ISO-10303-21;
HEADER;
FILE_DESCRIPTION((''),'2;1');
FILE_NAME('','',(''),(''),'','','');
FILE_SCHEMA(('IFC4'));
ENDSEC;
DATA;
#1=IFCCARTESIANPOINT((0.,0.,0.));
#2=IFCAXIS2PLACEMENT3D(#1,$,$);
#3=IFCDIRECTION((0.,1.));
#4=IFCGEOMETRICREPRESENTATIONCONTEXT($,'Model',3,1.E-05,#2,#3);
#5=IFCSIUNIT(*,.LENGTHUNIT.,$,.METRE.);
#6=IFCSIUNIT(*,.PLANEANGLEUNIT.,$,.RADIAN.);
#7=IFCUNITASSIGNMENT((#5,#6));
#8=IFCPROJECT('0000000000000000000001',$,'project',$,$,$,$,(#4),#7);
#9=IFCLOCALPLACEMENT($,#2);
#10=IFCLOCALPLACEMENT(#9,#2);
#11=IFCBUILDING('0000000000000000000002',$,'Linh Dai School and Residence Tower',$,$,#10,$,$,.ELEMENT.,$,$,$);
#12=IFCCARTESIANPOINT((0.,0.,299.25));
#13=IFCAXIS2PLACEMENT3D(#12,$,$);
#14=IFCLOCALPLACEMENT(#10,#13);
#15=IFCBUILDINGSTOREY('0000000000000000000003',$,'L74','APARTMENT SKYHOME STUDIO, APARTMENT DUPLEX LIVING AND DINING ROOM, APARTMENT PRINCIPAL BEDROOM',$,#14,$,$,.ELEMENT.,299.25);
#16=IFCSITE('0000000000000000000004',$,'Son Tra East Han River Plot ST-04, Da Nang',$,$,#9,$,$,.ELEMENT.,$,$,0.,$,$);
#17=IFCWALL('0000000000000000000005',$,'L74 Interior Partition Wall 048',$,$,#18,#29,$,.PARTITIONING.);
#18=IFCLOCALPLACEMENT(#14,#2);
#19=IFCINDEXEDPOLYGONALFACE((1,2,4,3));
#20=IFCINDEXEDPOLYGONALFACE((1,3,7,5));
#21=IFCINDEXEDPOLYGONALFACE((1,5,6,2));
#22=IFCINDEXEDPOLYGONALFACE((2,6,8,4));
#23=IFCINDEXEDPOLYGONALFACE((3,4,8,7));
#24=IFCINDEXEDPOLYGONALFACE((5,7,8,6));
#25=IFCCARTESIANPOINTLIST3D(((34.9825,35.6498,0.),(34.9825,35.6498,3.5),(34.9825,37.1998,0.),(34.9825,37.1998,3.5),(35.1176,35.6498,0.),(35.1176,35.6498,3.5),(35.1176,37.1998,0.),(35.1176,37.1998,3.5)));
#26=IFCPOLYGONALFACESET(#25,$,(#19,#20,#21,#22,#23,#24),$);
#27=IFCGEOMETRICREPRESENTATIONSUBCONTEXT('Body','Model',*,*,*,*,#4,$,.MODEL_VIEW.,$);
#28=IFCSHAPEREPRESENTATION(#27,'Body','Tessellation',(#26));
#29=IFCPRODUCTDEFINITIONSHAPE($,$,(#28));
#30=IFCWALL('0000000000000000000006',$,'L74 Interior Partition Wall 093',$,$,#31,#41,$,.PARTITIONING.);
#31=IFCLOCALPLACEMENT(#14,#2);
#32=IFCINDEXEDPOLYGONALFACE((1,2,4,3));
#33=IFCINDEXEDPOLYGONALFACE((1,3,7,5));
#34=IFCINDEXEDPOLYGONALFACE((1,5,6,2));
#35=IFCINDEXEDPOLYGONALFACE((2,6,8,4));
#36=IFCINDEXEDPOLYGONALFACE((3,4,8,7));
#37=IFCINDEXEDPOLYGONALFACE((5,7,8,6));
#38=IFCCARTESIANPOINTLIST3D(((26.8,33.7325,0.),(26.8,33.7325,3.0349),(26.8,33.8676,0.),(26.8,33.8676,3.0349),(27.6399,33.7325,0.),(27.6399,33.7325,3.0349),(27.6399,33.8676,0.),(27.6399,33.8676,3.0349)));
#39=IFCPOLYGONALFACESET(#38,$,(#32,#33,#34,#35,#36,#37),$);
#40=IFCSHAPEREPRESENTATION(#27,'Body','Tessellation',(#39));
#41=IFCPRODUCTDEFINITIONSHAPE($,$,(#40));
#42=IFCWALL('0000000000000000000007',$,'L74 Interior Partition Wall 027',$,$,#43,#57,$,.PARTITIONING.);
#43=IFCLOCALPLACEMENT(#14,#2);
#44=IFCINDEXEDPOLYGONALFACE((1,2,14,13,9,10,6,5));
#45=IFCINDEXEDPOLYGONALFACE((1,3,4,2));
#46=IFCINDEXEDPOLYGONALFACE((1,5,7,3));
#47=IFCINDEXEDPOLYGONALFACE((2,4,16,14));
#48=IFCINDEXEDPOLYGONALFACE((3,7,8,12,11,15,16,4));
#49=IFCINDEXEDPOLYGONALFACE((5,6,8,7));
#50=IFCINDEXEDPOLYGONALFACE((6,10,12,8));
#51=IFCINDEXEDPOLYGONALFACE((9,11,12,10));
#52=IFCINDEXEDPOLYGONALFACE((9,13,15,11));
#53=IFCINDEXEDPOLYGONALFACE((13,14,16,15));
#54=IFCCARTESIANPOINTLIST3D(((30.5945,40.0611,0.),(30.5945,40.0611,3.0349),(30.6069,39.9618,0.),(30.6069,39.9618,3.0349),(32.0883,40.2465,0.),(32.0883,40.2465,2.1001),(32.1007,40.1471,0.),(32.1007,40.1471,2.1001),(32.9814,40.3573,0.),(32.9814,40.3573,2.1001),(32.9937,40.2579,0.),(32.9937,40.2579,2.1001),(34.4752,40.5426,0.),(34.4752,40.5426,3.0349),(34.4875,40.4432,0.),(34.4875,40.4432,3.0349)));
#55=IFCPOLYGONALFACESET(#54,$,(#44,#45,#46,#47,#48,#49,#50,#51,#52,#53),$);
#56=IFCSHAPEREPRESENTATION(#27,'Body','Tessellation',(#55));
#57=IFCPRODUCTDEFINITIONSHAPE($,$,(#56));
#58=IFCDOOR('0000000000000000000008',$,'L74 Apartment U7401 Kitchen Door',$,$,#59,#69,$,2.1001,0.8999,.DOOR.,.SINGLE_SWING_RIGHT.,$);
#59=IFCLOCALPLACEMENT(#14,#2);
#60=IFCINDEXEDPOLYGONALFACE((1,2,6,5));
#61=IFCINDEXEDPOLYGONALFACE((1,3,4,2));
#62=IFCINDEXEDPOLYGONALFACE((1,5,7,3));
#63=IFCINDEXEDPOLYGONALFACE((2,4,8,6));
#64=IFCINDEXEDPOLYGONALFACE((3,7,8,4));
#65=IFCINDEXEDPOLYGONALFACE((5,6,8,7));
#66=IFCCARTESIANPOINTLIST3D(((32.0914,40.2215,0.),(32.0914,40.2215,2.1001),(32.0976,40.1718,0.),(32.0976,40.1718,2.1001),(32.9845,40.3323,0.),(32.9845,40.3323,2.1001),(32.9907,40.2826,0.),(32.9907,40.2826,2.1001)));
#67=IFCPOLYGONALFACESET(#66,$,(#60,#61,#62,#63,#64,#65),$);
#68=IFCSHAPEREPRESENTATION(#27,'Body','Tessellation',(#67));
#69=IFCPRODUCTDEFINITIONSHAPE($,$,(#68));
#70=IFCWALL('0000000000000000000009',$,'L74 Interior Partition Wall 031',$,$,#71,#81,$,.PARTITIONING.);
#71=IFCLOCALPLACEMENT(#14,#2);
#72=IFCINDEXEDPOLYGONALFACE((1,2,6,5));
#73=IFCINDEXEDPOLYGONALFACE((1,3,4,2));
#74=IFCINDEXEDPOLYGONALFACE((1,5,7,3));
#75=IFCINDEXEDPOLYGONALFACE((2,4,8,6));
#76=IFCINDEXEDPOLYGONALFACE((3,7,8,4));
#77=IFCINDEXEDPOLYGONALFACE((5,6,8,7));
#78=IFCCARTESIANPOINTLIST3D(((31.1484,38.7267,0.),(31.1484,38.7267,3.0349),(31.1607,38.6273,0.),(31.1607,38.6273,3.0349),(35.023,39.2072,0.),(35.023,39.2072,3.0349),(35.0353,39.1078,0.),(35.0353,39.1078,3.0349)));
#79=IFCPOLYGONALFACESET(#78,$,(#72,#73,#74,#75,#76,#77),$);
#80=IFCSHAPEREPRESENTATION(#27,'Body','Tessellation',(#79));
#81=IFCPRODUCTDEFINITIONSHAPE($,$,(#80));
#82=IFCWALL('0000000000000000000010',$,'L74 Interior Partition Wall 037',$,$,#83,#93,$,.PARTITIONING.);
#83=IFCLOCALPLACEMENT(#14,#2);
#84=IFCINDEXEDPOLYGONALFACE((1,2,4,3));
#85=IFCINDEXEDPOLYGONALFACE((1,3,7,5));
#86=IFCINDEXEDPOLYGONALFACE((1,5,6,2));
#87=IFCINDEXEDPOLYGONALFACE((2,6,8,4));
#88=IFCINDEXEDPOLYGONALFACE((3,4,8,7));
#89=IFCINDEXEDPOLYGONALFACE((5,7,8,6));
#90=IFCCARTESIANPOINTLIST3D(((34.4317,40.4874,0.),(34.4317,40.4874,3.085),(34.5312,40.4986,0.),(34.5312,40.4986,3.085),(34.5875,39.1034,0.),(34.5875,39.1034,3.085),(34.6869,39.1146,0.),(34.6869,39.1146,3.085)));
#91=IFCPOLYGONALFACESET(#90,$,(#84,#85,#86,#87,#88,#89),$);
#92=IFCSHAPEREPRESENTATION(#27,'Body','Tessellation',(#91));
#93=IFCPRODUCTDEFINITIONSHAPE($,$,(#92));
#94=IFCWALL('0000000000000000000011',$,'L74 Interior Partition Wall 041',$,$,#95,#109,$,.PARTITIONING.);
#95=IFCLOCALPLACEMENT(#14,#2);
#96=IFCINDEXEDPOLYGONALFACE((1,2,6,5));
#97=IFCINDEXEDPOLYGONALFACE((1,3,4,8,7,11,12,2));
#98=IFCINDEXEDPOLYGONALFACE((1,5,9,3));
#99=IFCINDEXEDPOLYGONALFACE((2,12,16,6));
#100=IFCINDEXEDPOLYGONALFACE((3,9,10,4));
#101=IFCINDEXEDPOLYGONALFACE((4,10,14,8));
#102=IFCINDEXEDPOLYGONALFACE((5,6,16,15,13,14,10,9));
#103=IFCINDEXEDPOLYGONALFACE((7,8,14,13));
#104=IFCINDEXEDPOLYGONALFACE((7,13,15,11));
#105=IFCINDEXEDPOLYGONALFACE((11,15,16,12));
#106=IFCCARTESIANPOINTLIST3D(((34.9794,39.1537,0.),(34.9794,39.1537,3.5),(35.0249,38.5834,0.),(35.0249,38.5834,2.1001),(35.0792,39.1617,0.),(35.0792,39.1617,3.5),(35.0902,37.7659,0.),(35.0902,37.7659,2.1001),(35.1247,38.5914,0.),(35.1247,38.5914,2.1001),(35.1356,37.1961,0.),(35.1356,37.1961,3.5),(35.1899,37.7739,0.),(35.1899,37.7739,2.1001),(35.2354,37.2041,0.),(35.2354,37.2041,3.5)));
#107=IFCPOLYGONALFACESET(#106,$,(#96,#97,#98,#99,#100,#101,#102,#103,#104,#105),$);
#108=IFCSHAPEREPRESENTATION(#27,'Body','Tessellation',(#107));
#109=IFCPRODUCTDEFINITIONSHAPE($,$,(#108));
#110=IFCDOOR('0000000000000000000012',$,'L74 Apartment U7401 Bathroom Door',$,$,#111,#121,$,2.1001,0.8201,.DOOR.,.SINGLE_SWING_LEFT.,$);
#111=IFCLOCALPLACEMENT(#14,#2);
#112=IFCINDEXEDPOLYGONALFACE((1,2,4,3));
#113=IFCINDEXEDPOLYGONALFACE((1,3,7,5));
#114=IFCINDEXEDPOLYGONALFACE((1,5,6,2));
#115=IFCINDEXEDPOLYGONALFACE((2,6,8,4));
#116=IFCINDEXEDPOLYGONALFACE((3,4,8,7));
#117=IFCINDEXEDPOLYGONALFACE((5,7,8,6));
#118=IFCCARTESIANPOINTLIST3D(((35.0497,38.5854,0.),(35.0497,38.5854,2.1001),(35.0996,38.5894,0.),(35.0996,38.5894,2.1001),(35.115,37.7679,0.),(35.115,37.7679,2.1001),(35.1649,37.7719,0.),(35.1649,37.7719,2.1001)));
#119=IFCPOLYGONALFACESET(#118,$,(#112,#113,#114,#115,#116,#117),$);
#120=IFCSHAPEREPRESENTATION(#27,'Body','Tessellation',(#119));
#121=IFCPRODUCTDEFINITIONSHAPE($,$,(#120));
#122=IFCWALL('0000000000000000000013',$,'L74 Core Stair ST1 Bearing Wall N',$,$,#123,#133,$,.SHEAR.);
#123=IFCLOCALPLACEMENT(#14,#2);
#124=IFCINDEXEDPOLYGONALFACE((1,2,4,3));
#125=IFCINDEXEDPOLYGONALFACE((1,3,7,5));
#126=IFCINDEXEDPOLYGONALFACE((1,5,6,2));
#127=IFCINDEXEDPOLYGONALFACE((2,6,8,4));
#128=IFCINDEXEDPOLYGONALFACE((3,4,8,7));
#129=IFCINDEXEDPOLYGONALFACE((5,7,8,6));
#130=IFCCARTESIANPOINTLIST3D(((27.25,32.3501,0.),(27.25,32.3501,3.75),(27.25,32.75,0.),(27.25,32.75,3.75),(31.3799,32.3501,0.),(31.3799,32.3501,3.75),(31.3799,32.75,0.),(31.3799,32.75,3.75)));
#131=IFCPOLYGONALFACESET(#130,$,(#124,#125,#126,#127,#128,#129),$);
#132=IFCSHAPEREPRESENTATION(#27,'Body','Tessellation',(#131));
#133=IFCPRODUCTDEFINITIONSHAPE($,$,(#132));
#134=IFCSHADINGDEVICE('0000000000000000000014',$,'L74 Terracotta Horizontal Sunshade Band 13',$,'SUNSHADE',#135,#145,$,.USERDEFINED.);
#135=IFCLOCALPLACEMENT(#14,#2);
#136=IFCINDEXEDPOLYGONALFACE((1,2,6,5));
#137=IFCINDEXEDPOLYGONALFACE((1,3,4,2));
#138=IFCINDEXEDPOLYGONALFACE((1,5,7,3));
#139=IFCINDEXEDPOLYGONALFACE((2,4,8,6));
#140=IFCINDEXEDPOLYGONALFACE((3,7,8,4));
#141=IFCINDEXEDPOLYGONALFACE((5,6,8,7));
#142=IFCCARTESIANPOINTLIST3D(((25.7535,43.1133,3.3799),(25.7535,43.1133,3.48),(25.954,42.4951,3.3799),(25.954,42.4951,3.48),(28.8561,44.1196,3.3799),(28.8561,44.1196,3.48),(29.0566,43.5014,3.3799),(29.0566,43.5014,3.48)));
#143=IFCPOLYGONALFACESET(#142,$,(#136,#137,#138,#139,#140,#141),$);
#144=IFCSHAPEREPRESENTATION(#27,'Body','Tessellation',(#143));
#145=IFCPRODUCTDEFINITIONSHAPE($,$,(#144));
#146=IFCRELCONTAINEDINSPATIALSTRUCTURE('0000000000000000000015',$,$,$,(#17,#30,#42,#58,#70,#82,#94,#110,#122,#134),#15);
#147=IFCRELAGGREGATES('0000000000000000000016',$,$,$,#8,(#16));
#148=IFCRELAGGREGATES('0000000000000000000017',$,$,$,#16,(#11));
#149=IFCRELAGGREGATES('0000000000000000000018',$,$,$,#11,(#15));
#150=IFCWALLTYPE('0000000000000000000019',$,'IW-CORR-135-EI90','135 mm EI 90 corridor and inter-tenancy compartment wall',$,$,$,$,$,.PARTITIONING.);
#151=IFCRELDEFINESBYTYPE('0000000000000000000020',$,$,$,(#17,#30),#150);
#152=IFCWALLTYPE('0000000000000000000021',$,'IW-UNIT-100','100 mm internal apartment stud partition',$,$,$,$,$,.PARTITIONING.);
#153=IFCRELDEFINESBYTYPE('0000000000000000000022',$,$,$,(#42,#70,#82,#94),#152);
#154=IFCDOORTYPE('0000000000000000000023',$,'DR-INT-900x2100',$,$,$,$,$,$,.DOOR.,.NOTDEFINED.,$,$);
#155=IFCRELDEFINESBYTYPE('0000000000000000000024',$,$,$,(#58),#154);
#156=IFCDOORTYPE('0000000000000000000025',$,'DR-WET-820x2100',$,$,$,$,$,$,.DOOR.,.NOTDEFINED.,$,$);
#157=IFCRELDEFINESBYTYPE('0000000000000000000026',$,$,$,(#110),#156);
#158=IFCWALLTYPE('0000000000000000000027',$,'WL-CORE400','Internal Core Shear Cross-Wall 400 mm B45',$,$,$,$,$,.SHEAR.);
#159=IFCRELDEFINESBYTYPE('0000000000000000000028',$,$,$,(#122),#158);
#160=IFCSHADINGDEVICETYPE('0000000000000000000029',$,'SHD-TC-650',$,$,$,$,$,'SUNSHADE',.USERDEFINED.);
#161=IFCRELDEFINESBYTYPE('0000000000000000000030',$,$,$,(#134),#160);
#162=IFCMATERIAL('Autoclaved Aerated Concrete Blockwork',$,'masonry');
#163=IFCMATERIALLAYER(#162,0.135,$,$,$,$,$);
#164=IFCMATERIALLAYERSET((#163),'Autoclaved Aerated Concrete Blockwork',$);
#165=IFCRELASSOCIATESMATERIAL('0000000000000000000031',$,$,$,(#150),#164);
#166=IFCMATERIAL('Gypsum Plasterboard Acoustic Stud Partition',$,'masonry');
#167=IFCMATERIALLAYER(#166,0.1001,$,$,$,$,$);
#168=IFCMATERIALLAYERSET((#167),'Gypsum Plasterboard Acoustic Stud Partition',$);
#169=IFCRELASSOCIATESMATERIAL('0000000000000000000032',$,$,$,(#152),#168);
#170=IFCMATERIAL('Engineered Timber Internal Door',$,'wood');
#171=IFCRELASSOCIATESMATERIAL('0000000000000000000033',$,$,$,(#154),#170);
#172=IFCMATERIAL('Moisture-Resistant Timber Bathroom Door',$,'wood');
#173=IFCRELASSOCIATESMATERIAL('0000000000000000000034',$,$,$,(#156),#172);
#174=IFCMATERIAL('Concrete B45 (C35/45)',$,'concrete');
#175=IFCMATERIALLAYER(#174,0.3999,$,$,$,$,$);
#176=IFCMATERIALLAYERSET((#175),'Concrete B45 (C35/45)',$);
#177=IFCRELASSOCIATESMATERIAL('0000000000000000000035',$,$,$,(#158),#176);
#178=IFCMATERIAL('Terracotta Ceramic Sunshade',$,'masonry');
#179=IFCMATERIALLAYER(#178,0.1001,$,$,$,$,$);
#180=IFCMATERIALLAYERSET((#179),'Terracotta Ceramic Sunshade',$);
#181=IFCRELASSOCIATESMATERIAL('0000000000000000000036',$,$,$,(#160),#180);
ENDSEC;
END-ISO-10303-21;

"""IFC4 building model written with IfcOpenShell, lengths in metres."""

from ifc_helpers import new_model, si_unit, direction, frame, frame_2d, origin, origin_2d, place, context, subcontext, project, spatial, rectangle, extrude, source, transform, mapped, material, layer, layer_set, type_object, element, fill, save


model = new_model("IFC4")

# Units and contexts
model_context = context("Model", 3, precision=1e-05, world=origin(), true_north=direction((0.0, 1.0)))
body_context = subcontext(model_context, "Body", "Model", "MODEL_VIEW")
ifc_project = project(units=[si_unit("LENGTHUNIT", "METRE"), si_unit("PLANEANGLEUNIT", "RADIAN")], contexts=[model_context])

# Site, building, storey
site_placement = place(None, origin())
site = spatial("IfcSite", under=ifc_project, at=site_placement, Name="Son Tra East Han River Plot ST-04, Da Nang", CompositionType="ELEMENT", RefElevation=0.0)
building_placement = place(site_placement, origin())
building = spatial("IfcBuilding", under=site, at=building_placement, Name="Linh Dai School and Residence Tower", CompositionType="ELEMENT")
storey_placement = place(building_placement, frame((0.0, 0.0, 299.25)))
storey = spatial("IfcBuildingStorey", under=building, at=storey_placement, Name="L74", Description="APARTMENT SKYHOME STUDIO, APARTMENT DUPLEX LIVING AND DINING ROOM, APARTMENT PRINCIPAL BEDROOM", CompositionType="ELEMENT", Elevation=299.25)

# Shared definitions
ifc_material_1 = material(Name="Concrete B45 (C35/45)", Category="concrete")

# Wall
ifc_material_2 = material(Name="Autoclaved Aerated Concrete Blockwork", Category="masonry")
ifc_layer_1 = layer(ifc_material_2, 0.135)
ifc_layer_set_1 = layer_set([ifc_layer_1], Name="Autoclaved Aerated Concrete Blockwork")
wall_type_1 = type_object("IfcWallType", Name="IW-CORR-135-EI90", Description="135 mm EI 90 corridor and inter-tenancy compartment wall", PredefinedType="PARTITIONING", material=ifc_layer_set_1)
wall_1_placement = place(storey_placement, frame((35.05, 35.6499, 0.0), z_axis=(0.0, 0.0, 1.0), x_axis=(0.0, 1.0, 0.0)))
element("IfcWall", 1, at=wall_1_placement, inside=storey, type_object=wall_type_1, Name="L74 Interior Partition Wall 048", PredefinedType="PARTITIONING", context=body_context, shape_type="SweptSolid", body=[
    extrude(rectangle(XDim=1.55, YDim=0.135, at=frame_2d((0.7749, 0.0))), origin(), (0.0, 0.0, 1.0), 3.5),
])

# Wall
wall_2_placement = place(storey_placement, frame((27.6399, 33.8, 0.0), z_axis=(0.0, 0.0, 1.0), x_axis=(-1.0, 0.0, 0.0)))
element("IfcWall", 2, at=wall_2_placement, inside=storey, type_object=wall_type_1, Name="L74 Interior Partition Wall 093", PredefinedType="PARTITIONING", context=body_context, shape_type="SweptSolid", body=[
    extrude(rectangle(XDim=0.8398, YDim=0.135, at=frame_2d((0.4199, 0.0))), origin(), (0.0, 0.0, 1.0), 3.0349),
])

# Wall, opening, door
ifc_material_3 = material(Name="Gypsum Plasterboard Acoustic Stud Partition", Category="masonry")
ifc_layer_2 = layer(ifc_material_3, 0.1001)
ifc_layer_set_2 = layer_set([ifc_layer_2], Name="Gypsum Plasterboard Acoustic Stud Partition")
wall_type_2 = type_object("IfcWallType", Name="IW-UNIT-100", Description="100 mm internal apartment stud partition", PredefinedType="PARTITIONING", material=ifc_layer_set_2)
wall_3_placement = place(storey_placement, frame((30.6008, 40.0115, 0.0), z_axis=(0.0, 0.0, 1.0), x_axis=(0.992392, 0.12312, 0.0)))
wall_3 = element("IfcWall", 3, at=wall_3_placement, inside=storey, type_object=wall_type_2, Name="L74 Interior Partition Wall 027", PredefinedType="PARTITIONING", context=body_context, shape_type="SweptSolid", body=[
    extrude(rectangle(XDim=3.9104, YDim=0.1001, at=frame_2d((1.9551, 0.0))), origin(), (0.0, 0.0, 1.0), 3.0349),
])
opening_1_placement = place(wall_3_placement, frame((1.5051, 0.0, 0.0)))
opening_1 = element("IfcOpeningElement", 4, at=opening_1_placement, cuts=wall_3, PredefinedType="OPENING", context=body_context, shape_type="SweptSolid", body=[
    extrude(rectangle(XDim=0.8999, YDim=2.1001, at=origin_2d()), frame((0.45, 0.0601, 1.05), z_axis=(0.0, -1.0, 0.0), x_axis=(1.0, 0.0, 0.0)), (0.0, 0.0, 1.0), 0.1201),
])
ifc_material_4 = material(Name="Engineered Timber Internal Door", Category="wood")
door_type_1 = type_object("IfcDoorType", Name="DR-INT-900x2100", OperationType="NOTDEFINED", PredefinedType="DOOR", material=ifc_material_4)
shared_shape_1 = source(origin(), body_context, "Body", "SweptSolid", [
    extrude(rectangle(XDim=0.8999, YDim=2.1001, at=origin_2d()), frame((0.45, 0.0249, 1.05), z_axis=(0.0, -1.0, 0.0), x_axis=(1.0, 0.0, 0.0)), (0.0, 0.0, 1.0), 0.05),
])
door_1_placement = place(opening_1_placement, origin())
door_1 = element("IfcDoor", 5, at=door_1_placement, inside=storey, type_object=door_type_1, Name="L74 Apartment U7401 Kitchen Door", OperationType="SINGLE_SWING_RIGHT", OverallHeight=2.1001, OverallWidth=0.8999, PredefinedType="DOOR", context=body_context, shape_type="MappedRepresentation", body=[
    mapped(shared_shape_1, transform((0.0, 0.0, 0.0), x_axis=(1.0, 0.0, 0.0), y_axis=(0.0, 1.0, 0.0), z_axis=(0.0, 0.0, 1.0), scale=1.0)),
])
fill(opening_1, door_1)

# Walls
wall_4_placement = place(storey_placement, frame((31.1545, 38.677, 0.0), z_axis=(0.0, 0.0, 1.0), x_axis=(0.992399, 0.123065, 0.0)))
element("IfcWall", 6, at=wall_4_placement, inside=storey, type_object=wall_type_2, Name="L74 Interior Partition Wall 031", PredefinedType="PARTITIONING", context=body_context, shape_type="SweptSolid", body=[
    extrude(rectangle(XDim=3.9043, YDim=0.1001, at=frame_2d((1.9521, 0.0))), origin(), (0.0, 0.0, 1.0), 3.0349),
])
wall_5_placement = place(storey_placement, frame((34.4814, 40.4929, 0.0), z_axis=(0.0, 0.0, 1.0), x_axis=(0.111836, -0.993727, 0.0)))
element("IfcWall", 7, at=wall_5_placement, inside=storey, type_object=wall_type_2, Name="L74 Interior Partition Wall 037", PredefinedType="PARTITIONING", context=body_context, shape_type="SweptSolid", body=[
    extrude(rectangle(XDim=1.3928, YDim=0.1001, at=frame_2d((0.6963, 0.0))), origin(), (0.0, 0.0, 1.0), 3.085),
])

# Wall, opening, door
wall_6_placement = place(storey_placement, frame((35.0293, 39.1577, 0.0), z_axis=(0.0, 0.0, 1.0), x_axis=(0.079557, -0.99683, 0.0)))
wall_6 = element("IfcWall", 8, at=wall_6_placement, inside=storey, type_object=wall_type_2, Name="L74 Interior Partition Wall 041", PredefinedType="PARTITIONING", context=body_context, shape_type="SweptSolid", body=[
    extrude(rectangle(XDim=1.9639, YDim=0.1001, at=frame_2d((0.9819, 0.0))), origin(), (0.0, 0.0, 1.0), 3.5),
])
opening_2_placement = place(wall_6_placement, frame((0.572, 0.0, 0.0)))
opening_2 = element("IfcOpeningElement", 9, at=opening_2_placement, cuts=wall_6, PredefinedType="OPENING", context=body_context, shape_type="SweptSolid", body=[
    extrude(rectangle(XDim=0.8201, YDim=2.1001, at=origin_2d()), frame((0.4102, 0.0601, 1.05), z_axis=(0.0, -1.0, 0.0), x_axis=(1.0, 0.0, 0.0)), (0.0, 0.0, 1.0), 0.1201),
])
ifc_material_5 = material(Name="Moisture-Resistant Timber Bathroom Door", Category="wood")
door_type_2 = type_object("IfcDoorType", Name="DR-WET-820x2100", OperationType="NOTDEFINED", PredefinedType="DOOR", material=ifc_material_5)
shared_shape_2 = source(origin(), body_context, "Body", "SweptSolid", [
    extrude(rectangle(XDim=0.8201, YDim=2.1001, at=origin_2d()), frame((0.4102, 0.0249, 1.05), z_axis=(0.0, -1.0, 0.0), x_axis=(1.0, 0.0, 0.0)), (0.0, 0.0, 1.0), 0.05),
])
door_2_placement = place(opening_2_placement, origin())
door_2 = element("IfcDoor", 10, at=door_2_placement, inside=storey, type_object=door_type_2, Name="L74 Apartment U7401 Bathroom Door", OperationType="SINGLE_SWING_LEFT", OverallHeight=2.1001, OverallWidth=0.8201, PredefinedType="DOOR", context=body_context, shape_type="MappedRepresentation", body=[
    mapped(shared_shape_2, transform((0.0, 0.0, 0.0), x_axis=(1.0, 0.0, 0.0), y_axis=(0.0, 1.0, 0.0), z_axis=(0.0, 0.0, 1.0), scale=1.0)),
])
fill(opening_2, door_2)

# Wall
ifc_layer_3 = layer(ifc_material_1, 0.3999)
ifc_layer_set_3 = layer_set([ifc_layer_3], Name="Concrete B45 (C35/45)")
wall_type_3 = type_object("IfcWallType", Name="WL-CORE400", Description="Internal Core Shear Cross-Wall 400 mm B45", PredefinedType="SHEAR", material=ifc_layer_set_3)
wall_7_placement = place(storey_placement, frame((27.25, 32.55, 0.0), z_axis=(0.0, 0.0, 1.0), x_axis=(1.0, 0.0, 0.0)))
element("IfcWall", 11, at=wall_7_placement, inside=storey, type_object=wall_type_3, Name="L74 Core Stair ST1 Bearing Wall N", PredefinedType="SHEAR", context=body_context, shape_type="SweptSolid", body=[
    extrude(rectangle(XDim=4.1299, YDim=0.3999, at=frame_2d((2.0649, 0.0))), origin(), (0.0, 0.0, 1.0), 3.75),
])

# Shading device
ifc_material_6 = material(Name="Terracotta Ceramic Sunshade", Category="masonry")
ifc_layer_4 = layer(ifc_material_6, 0.1001)
ifc_layer_set_4 = layer_set([ifc_layer_4], Name="Terracotta Ceramic Sunshade")
shading_device_type = type_object("IfcShadingDeviceType", Name="SHD-TC-650", ElementType="SUNSHADE", PredefinedType="USERDEFINED", material=ifc_layer_set_4)
shared_shape_3 = source(origin(), body_context, "Body", "SweptSolid", [
    extrude(rectangle(XDim=3.2617, YDim=0.6499, at=origin_2d()), origin(), (0.0, 0.0, 1.0), 0.1001),
])
shading_device_placement = place(storey_placement, frame((27.405, 43.3074, 3.3799), z_axis=(0.0, 0.0, 1.0), x_axis=(0.951218, 0.308519, 0.0)))
element("IfcShadingDevice", 12, at=shading_device_placement, inside=storey, type_object=shading_device_type, Name="L74 Terracotta Horizontal Sunshade Band 13", ObjectType="SUNSHADE", PredefinedType="USERDEFINED", context=body_context, shape_type="MappedRepresentation", body=[
    mapped(shared_shape_3, transform((0.0, 0.0, 0.0), x_axis=(1.0, 0.0, 0.0), y_axis=(0.0, 1.0, 0.0), z_axis=(0.0, 0.0, 1.0), scale=1.0)),
])

save(model, "model.ifc")
